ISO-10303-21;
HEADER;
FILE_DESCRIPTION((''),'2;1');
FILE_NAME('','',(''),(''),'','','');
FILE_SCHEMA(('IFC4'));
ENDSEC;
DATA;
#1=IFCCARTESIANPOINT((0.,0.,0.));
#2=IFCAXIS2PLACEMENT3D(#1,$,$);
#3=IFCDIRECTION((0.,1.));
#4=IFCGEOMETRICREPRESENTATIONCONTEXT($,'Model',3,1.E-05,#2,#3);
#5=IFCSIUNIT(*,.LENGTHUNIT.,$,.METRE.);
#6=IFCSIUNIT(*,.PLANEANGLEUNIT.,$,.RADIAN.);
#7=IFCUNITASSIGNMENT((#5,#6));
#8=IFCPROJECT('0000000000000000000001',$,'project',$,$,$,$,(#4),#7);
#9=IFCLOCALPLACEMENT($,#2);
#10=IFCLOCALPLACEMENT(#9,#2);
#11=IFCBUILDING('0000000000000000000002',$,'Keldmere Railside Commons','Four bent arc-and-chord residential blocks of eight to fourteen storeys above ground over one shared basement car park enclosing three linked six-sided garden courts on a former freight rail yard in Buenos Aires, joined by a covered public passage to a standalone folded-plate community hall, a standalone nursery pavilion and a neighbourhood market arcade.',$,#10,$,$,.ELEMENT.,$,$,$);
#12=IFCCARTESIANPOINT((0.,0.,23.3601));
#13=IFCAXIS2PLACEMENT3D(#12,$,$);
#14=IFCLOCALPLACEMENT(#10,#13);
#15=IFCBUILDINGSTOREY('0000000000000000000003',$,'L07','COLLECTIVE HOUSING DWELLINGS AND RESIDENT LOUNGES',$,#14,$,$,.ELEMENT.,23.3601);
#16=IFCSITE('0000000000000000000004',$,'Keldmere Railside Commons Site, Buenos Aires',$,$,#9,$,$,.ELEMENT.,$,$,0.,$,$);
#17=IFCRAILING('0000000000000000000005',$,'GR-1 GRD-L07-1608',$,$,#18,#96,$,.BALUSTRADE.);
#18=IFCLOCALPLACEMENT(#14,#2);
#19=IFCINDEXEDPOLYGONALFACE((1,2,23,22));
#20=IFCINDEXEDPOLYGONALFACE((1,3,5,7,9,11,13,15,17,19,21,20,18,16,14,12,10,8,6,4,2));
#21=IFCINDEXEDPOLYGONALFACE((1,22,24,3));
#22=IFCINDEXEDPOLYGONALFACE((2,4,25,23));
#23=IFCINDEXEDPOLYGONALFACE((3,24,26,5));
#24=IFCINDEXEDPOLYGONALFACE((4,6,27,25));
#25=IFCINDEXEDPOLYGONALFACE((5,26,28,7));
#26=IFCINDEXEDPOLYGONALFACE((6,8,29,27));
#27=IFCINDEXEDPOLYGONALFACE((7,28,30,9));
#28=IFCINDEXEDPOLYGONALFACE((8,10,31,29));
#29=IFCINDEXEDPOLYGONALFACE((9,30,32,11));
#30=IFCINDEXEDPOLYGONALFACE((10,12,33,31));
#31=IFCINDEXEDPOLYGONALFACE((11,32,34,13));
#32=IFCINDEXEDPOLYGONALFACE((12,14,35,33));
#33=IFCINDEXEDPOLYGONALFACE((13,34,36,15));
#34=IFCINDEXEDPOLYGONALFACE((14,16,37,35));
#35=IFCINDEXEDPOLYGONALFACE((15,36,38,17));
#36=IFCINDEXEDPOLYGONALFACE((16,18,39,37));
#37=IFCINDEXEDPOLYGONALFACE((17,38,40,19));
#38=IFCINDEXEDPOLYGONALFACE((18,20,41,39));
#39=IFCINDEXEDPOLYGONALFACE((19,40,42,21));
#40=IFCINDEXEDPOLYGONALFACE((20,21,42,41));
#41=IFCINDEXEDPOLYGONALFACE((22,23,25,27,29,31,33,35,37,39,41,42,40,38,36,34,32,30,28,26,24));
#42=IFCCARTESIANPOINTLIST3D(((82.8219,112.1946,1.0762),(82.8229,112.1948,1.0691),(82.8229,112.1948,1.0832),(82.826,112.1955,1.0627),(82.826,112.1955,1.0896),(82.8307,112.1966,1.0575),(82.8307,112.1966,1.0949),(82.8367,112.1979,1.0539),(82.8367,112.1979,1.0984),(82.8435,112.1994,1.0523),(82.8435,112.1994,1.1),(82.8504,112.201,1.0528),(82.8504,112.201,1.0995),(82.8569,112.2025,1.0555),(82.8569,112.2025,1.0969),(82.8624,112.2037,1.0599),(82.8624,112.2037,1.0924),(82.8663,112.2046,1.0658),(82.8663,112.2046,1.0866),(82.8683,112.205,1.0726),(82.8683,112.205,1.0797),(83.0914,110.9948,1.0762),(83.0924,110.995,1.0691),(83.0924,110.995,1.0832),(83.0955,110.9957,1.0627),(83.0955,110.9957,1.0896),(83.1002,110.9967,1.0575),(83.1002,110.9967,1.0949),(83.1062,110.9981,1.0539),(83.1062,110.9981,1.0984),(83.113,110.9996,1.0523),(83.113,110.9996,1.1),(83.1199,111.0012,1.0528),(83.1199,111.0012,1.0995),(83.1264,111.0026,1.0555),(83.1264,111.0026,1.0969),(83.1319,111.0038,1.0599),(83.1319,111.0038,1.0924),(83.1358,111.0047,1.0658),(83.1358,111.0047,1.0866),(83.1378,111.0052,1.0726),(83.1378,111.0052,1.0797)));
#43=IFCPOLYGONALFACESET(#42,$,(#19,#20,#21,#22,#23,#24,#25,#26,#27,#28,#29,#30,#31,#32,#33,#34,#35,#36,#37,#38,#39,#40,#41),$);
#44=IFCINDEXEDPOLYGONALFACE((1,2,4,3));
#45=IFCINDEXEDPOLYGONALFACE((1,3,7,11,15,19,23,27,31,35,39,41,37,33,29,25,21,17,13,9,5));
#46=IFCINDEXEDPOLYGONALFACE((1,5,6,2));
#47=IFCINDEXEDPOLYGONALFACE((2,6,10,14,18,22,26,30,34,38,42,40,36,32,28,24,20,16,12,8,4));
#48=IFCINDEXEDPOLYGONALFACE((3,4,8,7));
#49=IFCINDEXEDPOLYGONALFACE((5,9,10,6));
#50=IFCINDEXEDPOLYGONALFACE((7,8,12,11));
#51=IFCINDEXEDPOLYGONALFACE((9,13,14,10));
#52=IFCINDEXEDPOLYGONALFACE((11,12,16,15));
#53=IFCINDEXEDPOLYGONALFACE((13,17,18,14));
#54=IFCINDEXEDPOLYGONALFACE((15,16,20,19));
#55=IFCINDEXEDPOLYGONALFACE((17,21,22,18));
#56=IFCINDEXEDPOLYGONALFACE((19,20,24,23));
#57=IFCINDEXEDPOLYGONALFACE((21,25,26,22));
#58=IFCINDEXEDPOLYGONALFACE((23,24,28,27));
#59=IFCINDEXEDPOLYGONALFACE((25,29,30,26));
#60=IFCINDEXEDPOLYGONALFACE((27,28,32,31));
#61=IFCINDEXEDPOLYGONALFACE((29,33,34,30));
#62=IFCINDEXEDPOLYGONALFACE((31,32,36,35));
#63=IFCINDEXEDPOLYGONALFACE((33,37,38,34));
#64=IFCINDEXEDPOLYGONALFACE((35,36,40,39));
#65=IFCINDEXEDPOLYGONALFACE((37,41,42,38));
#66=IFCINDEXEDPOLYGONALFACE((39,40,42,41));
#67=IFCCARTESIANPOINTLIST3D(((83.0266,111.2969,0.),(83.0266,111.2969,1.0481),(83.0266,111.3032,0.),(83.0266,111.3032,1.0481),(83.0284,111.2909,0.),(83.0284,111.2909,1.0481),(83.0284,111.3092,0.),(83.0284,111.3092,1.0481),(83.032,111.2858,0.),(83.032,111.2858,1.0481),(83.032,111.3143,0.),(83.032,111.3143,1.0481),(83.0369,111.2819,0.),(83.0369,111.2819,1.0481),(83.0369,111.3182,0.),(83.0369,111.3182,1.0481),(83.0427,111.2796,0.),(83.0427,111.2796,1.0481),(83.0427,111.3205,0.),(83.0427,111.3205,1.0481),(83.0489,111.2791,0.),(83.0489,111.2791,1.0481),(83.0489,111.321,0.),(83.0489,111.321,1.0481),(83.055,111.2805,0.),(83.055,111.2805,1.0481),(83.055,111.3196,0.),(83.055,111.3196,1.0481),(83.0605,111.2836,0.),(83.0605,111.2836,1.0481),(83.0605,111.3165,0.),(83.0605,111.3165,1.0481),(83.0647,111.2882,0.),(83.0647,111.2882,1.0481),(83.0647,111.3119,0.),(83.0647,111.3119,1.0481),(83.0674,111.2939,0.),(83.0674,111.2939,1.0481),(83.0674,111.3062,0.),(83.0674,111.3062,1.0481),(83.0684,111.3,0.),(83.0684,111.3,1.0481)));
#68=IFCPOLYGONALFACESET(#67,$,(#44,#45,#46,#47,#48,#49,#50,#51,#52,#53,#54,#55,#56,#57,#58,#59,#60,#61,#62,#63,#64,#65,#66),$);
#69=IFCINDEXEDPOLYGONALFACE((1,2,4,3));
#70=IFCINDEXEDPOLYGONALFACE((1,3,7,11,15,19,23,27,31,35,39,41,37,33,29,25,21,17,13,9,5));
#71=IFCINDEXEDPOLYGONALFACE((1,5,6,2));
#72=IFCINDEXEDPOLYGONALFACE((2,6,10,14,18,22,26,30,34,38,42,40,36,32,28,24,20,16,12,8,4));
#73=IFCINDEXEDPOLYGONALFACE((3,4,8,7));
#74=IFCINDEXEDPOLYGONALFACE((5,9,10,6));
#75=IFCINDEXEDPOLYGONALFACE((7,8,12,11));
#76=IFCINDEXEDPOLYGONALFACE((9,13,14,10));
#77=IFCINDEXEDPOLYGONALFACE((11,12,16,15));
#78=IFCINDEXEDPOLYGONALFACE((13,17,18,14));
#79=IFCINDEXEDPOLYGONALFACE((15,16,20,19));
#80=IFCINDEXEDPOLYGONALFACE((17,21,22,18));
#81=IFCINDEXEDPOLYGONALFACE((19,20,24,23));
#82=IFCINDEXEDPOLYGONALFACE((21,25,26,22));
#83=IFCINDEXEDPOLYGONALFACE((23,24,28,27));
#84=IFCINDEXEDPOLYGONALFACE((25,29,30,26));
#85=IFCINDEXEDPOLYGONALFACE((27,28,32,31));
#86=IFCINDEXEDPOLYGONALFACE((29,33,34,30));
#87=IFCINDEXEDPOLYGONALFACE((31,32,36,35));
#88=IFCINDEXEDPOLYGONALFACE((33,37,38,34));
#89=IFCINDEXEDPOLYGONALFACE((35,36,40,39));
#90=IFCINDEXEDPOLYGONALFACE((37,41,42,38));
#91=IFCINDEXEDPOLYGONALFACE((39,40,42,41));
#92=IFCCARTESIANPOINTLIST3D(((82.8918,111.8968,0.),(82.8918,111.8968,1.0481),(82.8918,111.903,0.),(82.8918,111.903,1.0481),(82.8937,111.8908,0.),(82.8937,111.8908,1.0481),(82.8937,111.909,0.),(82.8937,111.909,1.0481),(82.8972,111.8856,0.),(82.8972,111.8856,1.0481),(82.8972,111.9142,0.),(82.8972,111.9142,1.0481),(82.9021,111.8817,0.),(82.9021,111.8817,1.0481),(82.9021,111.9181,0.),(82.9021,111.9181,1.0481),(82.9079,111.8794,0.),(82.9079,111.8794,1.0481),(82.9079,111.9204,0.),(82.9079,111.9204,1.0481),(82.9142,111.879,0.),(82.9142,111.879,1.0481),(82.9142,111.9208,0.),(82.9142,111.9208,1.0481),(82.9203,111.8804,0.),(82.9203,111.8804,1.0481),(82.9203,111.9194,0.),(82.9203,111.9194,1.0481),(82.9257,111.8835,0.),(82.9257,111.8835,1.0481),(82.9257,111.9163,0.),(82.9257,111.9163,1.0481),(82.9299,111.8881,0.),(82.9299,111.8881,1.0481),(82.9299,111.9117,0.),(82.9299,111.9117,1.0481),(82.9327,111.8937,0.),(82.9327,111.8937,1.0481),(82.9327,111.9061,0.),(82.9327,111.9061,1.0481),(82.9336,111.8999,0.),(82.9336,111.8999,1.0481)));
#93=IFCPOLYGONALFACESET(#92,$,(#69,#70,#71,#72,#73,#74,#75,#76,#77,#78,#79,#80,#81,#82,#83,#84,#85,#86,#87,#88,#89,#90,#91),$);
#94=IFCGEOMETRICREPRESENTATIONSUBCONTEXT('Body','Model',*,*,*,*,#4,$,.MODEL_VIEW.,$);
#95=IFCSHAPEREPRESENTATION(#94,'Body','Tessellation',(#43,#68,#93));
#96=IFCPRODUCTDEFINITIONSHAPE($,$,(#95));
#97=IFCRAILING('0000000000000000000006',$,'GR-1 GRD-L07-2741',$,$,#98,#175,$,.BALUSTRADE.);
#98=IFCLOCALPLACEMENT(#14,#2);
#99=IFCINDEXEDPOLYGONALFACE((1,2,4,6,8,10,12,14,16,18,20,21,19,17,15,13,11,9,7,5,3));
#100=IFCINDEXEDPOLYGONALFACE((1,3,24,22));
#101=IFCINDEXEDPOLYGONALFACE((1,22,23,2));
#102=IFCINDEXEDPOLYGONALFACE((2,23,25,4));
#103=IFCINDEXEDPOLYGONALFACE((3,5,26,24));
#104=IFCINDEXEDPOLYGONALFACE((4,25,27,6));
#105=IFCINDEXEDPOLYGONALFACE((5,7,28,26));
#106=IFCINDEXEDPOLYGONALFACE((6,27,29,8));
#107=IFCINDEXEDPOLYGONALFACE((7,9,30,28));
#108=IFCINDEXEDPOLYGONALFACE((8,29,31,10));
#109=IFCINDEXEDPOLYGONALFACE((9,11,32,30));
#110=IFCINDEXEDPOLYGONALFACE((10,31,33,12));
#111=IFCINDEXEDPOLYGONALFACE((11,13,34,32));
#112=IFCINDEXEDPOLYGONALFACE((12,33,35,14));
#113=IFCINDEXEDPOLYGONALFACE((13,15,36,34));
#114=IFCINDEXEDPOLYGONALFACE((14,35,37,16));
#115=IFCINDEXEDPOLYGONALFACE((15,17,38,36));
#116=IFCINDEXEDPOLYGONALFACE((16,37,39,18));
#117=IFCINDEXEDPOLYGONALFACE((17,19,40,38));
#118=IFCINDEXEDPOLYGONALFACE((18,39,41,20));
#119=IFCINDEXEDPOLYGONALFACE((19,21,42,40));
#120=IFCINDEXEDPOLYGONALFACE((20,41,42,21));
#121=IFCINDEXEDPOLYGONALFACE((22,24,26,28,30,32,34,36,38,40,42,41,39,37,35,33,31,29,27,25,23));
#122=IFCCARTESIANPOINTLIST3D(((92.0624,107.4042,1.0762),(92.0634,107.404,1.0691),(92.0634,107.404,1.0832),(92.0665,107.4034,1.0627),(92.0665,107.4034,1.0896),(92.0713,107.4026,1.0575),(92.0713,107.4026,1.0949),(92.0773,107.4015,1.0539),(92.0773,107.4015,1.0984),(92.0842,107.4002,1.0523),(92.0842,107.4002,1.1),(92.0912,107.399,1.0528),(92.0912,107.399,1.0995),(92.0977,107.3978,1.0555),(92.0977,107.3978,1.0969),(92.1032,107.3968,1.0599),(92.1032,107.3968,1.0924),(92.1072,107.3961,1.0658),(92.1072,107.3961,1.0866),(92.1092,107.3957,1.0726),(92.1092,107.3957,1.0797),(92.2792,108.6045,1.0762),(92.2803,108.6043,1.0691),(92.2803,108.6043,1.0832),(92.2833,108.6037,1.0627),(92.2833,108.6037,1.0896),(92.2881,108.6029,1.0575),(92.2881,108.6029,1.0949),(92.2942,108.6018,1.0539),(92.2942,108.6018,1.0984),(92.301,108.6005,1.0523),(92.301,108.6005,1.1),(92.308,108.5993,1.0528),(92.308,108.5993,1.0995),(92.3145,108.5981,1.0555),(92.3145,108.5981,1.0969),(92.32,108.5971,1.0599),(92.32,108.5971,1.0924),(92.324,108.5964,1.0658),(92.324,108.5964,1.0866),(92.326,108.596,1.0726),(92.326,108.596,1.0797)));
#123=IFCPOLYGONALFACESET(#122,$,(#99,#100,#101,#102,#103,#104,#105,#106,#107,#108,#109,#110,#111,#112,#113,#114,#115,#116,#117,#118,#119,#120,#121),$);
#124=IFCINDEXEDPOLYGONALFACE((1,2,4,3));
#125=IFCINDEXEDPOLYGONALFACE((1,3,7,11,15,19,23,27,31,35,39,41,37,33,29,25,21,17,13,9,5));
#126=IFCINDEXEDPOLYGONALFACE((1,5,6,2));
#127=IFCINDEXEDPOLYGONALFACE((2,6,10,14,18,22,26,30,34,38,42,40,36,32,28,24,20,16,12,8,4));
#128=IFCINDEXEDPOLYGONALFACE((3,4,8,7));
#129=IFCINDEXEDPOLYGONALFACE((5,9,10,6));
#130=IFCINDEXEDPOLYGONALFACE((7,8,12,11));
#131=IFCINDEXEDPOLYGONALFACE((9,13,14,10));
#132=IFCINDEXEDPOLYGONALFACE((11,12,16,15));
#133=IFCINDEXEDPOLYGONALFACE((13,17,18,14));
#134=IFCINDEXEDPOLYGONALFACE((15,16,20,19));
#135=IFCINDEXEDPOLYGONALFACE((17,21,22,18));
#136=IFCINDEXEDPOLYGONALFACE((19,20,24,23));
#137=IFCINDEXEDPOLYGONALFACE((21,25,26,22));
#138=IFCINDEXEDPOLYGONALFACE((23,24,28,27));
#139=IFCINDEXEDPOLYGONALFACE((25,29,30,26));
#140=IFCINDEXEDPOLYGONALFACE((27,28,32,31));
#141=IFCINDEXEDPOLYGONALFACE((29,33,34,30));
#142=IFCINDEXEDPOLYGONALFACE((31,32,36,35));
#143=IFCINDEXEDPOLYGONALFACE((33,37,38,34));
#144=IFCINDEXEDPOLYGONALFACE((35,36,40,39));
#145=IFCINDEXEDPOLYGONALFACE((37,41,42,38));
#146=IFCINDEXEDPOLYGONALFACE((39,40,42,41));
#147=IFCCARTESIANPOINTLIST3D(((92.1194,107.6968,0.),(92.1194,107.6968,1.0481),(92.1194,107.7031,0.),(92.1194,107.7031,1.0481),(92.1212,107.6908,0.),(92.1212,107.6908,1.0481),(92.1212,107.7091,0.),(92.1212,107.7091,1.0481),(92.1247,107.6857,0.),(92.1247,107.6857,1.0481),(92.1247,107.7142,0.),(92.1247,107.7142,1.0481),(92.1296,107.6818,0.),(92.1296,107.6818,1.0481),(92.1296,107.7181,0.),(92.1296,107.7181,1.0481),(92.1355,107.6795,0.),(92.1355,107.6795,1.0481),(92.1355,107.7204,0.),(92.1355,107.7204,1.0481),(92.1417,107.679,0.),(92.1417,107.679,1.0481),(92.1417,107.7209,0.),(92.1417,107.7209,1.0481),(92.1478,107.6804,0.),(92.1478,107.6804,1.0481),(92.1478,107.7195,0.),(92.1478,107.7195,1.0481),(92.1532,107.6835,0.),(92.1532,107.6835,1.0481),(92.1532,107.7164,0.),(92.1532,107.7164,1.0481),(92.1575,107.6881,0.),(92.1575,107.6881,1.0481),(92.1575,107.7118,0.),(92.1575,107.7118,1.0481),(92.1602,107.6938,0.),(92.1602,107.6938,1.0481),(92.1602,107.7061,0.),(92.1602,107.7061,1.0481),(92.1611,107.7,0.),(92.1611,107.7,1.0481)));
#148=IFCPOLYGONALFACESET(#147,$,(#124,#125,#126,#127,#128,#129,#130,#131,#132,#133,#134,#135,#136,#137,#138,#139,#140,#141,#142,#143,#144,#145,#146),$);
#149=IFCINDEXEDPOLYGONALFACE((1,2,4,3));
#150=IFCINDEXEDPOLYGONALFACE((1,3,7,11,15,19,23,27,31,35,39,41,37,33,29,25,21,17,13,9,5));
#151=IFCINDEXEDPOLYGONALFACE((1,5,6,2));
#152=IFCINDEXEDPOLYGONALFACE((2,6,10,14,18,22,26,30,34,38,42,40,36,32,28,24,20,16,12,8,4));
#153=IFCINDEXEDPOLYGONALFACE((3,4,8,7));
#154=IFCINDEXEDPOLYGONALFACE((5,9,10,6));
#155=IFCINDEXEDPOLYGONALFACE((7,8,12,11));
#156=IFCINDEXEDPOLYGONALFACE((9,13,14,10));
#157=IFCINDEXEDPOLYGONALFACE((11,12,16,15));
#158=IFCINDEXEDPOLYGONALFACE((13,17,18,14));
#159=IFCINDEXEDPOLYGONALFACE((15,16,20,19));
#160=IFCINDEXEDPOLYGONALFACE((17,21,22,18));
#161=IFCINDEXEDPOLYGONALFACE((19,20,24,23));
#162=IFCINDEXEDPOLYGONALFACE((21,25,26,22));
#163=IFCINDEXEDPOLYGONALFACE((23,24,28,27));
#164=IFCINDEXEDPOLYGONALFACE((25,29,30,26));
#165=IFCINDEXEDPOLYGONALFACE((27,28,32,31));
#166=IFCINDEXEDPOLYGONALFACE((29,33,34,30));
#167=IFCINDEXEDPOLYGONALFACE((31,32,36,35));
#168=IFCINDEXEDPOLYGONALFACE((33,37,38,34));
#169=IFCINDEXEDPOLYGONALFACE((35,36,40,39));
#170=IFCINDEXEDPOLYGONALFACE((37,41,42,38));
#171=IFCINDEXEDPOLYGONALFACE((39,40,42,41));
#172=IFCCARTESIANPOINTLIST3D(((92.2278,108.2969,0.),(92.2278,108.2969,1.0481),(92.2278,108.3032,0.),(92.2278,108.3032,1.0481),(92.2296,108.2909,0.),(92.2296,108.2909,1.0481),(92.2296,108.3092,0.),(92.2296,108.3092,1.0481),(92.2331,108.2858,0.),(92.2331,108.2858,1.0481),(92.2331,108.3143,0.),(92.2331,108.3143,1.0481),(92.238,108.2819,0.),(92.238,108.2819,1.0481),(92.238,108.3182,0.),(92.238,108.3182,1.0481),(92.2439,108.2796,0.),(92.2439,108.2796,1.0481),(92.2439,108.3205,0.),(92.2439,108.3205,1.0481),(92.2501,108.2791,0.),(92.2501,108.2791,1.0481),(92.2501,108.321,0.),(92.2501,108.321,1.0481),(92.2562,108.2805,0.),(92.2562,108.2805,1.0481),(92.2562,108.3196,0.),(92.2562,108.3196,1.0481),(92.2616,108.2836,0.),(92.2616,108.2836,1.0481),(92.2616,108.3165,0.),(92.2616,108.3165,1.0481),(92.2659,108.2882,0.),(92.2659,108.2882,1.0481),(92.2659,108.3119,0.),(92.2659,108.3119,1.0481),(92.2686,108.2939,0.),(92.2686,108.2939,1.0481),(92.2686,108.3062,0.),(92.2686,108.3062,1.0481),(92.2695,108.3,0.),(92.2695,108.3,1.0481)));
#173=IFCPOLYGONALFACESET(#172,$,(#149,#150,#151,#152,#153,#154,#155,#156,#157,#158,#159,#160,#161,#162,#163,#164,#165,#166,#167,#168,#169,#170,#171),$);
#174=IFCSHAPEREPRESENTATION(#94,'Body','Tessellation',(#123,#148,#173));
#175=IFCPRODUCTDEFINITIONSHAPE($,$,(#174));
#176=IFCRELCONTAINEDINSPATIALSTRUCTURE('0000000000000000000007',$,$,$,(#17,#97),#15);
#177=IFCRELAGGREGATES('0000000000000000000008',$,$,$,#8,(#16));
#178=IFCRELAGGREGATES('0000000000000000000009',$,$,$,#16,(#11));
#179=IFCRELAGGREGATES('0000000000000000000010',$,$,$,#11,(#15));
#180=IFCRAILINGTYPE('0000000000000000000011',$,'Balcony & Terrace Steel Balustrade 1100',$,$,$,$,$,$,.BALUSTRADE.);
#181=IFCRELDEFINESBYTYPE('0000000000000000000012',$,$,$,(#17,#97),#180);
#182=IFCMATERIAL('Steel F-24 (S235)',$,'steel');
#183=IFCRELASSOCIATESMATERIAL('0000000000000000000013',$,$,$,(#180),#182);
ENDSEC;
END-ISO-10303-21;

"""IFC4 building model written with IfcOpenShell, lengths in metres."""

from ifc_helpers import new_model, si_unit, direction, frame, origin, origin_2d, place, context, subcontext, project, spatial, circle, extrude, material, type_object, element, save


model = new_model("IFC4")

# Units and contexts
model_context = context("Model", 3, precision=1e-05, world=origin(), true_north=direction((0.0, 1.0)))
body_context = subcontext(model_context, "Body", "Model", "MODEL_VIEW")
ifc_project = project(units=[si_unit("LENGTHUNIT", "METRE"), si_unit("PLANEANGLEUNIT", "RADIAN")], contexts=[model_context])

# Site, building, storey
site_placement = place(None, origin())
site = spatial("IfcSite", under=ifc_project, at=site_placement, Name="Keldmere Railside Commons Site, Buenos Aires", CompositionType="ELEMENT", RefElevation=0.0)
building_placement = place(site_placement, origin())
building = spatial("IfcBuilding", under=site, at=building_placement, Name="Keldmere Railside Commons", Description="Four bent arc-and-chord residential blocks of eight to fourteen storeys above ground over one shared basement car park enclosing three linked six-sided garden courts on a former freight rail yard in Buenos Aires, joined by a covered public passage to a standalone folded-plate community hall, a standalone nursery pavilion and a neighbourhood market arcade.", CompositionType="ELEMENT")
storey_placement = place(building_placement, frame((0.0, 0.0, 23.3601)))
storey = spatial("IfcBuildingStorey", under=building, at=storey_placement, Name="L07", Description="COLLECTIVE HOUSING DWELLINGS AND RESIDENT LOUNGES", CompositionType="ELEMENT", Elevation=23.3601)

# Railings
ifc_material_1 = material(Name="Steel F-24 (S235)", Category="steel")
railing_type = type_object("IfcRailingType", Name="Balcony & Terrace Steel Balustrade 1100", PredefinedType="BALUSTRADE", material=ifc_material_1)
railing_1_placement = place(storey_placement, frame((83.1147, 111.0, 0.0)))
element("IfcRailing", 1, at=railing_1_placement, inside=storey, type_object=railing_type, Name="GR-1 GRD-L07-1608", PredefinedType="BALUSTRADE", context=body_context, shape_type="SweptSolid", body=[
    extrude(circle(Radius=0.0239, at=origin_2d()), frame((0.0, 0.0, 1.0762), z_axis=(-0.219158, 0.975689, 0.0), x_axis=(-0.975689, -0.219158, 0.0)), (0.0, 0.0, 1.0), 1.2297),
    extrude(circle(Radius=0.021, at=origin_2d()), frame((-0.0674, 0.3, 0.0)), (0.0, 0.0, 1.0), 1.0481),
    extrude(circle(Radius=0.021, at=origin_2d()), frame((-0.2021, 0.8999, 0.0)), (0.0, 0.0, 1.0), 1.0481),
])
railing_2_placement = place(storey_placement, frame((92.0859, 107.3999, 0.0)))
element("IfcRailing", 2, at=railing_2_placement, inside=storey, type_object=railing_type, Name="GR-1 GRD-L07-2741", PredefinedType="BALUSTRADE", context=body_context, shape_type="SweptSolid", body=[
    extrude(circle(Radius=0.0239, at=origin_2d()), frame((0.0, 0.0, 1.0762), z_axis=(0.177758, 0.984074, 0.0), x_axis=(-0.984074, 0.177758, 0.0)), (0.0, 0.0, 1.0), 1.2197),
    extrude(circle(Radius=0.021, at=origin_2d()), frame((0.0542, 0.3, 0.0)), (0.0, 0.0, 1.0), 1.0481),
    extrude(circle(Radius=0.021, at=origin_2d()), frame((0.1626, 0.9001, 0.0)), (0.0, 0.0, 1.0), 1.0481),
])

save(model, "model.ifc")
